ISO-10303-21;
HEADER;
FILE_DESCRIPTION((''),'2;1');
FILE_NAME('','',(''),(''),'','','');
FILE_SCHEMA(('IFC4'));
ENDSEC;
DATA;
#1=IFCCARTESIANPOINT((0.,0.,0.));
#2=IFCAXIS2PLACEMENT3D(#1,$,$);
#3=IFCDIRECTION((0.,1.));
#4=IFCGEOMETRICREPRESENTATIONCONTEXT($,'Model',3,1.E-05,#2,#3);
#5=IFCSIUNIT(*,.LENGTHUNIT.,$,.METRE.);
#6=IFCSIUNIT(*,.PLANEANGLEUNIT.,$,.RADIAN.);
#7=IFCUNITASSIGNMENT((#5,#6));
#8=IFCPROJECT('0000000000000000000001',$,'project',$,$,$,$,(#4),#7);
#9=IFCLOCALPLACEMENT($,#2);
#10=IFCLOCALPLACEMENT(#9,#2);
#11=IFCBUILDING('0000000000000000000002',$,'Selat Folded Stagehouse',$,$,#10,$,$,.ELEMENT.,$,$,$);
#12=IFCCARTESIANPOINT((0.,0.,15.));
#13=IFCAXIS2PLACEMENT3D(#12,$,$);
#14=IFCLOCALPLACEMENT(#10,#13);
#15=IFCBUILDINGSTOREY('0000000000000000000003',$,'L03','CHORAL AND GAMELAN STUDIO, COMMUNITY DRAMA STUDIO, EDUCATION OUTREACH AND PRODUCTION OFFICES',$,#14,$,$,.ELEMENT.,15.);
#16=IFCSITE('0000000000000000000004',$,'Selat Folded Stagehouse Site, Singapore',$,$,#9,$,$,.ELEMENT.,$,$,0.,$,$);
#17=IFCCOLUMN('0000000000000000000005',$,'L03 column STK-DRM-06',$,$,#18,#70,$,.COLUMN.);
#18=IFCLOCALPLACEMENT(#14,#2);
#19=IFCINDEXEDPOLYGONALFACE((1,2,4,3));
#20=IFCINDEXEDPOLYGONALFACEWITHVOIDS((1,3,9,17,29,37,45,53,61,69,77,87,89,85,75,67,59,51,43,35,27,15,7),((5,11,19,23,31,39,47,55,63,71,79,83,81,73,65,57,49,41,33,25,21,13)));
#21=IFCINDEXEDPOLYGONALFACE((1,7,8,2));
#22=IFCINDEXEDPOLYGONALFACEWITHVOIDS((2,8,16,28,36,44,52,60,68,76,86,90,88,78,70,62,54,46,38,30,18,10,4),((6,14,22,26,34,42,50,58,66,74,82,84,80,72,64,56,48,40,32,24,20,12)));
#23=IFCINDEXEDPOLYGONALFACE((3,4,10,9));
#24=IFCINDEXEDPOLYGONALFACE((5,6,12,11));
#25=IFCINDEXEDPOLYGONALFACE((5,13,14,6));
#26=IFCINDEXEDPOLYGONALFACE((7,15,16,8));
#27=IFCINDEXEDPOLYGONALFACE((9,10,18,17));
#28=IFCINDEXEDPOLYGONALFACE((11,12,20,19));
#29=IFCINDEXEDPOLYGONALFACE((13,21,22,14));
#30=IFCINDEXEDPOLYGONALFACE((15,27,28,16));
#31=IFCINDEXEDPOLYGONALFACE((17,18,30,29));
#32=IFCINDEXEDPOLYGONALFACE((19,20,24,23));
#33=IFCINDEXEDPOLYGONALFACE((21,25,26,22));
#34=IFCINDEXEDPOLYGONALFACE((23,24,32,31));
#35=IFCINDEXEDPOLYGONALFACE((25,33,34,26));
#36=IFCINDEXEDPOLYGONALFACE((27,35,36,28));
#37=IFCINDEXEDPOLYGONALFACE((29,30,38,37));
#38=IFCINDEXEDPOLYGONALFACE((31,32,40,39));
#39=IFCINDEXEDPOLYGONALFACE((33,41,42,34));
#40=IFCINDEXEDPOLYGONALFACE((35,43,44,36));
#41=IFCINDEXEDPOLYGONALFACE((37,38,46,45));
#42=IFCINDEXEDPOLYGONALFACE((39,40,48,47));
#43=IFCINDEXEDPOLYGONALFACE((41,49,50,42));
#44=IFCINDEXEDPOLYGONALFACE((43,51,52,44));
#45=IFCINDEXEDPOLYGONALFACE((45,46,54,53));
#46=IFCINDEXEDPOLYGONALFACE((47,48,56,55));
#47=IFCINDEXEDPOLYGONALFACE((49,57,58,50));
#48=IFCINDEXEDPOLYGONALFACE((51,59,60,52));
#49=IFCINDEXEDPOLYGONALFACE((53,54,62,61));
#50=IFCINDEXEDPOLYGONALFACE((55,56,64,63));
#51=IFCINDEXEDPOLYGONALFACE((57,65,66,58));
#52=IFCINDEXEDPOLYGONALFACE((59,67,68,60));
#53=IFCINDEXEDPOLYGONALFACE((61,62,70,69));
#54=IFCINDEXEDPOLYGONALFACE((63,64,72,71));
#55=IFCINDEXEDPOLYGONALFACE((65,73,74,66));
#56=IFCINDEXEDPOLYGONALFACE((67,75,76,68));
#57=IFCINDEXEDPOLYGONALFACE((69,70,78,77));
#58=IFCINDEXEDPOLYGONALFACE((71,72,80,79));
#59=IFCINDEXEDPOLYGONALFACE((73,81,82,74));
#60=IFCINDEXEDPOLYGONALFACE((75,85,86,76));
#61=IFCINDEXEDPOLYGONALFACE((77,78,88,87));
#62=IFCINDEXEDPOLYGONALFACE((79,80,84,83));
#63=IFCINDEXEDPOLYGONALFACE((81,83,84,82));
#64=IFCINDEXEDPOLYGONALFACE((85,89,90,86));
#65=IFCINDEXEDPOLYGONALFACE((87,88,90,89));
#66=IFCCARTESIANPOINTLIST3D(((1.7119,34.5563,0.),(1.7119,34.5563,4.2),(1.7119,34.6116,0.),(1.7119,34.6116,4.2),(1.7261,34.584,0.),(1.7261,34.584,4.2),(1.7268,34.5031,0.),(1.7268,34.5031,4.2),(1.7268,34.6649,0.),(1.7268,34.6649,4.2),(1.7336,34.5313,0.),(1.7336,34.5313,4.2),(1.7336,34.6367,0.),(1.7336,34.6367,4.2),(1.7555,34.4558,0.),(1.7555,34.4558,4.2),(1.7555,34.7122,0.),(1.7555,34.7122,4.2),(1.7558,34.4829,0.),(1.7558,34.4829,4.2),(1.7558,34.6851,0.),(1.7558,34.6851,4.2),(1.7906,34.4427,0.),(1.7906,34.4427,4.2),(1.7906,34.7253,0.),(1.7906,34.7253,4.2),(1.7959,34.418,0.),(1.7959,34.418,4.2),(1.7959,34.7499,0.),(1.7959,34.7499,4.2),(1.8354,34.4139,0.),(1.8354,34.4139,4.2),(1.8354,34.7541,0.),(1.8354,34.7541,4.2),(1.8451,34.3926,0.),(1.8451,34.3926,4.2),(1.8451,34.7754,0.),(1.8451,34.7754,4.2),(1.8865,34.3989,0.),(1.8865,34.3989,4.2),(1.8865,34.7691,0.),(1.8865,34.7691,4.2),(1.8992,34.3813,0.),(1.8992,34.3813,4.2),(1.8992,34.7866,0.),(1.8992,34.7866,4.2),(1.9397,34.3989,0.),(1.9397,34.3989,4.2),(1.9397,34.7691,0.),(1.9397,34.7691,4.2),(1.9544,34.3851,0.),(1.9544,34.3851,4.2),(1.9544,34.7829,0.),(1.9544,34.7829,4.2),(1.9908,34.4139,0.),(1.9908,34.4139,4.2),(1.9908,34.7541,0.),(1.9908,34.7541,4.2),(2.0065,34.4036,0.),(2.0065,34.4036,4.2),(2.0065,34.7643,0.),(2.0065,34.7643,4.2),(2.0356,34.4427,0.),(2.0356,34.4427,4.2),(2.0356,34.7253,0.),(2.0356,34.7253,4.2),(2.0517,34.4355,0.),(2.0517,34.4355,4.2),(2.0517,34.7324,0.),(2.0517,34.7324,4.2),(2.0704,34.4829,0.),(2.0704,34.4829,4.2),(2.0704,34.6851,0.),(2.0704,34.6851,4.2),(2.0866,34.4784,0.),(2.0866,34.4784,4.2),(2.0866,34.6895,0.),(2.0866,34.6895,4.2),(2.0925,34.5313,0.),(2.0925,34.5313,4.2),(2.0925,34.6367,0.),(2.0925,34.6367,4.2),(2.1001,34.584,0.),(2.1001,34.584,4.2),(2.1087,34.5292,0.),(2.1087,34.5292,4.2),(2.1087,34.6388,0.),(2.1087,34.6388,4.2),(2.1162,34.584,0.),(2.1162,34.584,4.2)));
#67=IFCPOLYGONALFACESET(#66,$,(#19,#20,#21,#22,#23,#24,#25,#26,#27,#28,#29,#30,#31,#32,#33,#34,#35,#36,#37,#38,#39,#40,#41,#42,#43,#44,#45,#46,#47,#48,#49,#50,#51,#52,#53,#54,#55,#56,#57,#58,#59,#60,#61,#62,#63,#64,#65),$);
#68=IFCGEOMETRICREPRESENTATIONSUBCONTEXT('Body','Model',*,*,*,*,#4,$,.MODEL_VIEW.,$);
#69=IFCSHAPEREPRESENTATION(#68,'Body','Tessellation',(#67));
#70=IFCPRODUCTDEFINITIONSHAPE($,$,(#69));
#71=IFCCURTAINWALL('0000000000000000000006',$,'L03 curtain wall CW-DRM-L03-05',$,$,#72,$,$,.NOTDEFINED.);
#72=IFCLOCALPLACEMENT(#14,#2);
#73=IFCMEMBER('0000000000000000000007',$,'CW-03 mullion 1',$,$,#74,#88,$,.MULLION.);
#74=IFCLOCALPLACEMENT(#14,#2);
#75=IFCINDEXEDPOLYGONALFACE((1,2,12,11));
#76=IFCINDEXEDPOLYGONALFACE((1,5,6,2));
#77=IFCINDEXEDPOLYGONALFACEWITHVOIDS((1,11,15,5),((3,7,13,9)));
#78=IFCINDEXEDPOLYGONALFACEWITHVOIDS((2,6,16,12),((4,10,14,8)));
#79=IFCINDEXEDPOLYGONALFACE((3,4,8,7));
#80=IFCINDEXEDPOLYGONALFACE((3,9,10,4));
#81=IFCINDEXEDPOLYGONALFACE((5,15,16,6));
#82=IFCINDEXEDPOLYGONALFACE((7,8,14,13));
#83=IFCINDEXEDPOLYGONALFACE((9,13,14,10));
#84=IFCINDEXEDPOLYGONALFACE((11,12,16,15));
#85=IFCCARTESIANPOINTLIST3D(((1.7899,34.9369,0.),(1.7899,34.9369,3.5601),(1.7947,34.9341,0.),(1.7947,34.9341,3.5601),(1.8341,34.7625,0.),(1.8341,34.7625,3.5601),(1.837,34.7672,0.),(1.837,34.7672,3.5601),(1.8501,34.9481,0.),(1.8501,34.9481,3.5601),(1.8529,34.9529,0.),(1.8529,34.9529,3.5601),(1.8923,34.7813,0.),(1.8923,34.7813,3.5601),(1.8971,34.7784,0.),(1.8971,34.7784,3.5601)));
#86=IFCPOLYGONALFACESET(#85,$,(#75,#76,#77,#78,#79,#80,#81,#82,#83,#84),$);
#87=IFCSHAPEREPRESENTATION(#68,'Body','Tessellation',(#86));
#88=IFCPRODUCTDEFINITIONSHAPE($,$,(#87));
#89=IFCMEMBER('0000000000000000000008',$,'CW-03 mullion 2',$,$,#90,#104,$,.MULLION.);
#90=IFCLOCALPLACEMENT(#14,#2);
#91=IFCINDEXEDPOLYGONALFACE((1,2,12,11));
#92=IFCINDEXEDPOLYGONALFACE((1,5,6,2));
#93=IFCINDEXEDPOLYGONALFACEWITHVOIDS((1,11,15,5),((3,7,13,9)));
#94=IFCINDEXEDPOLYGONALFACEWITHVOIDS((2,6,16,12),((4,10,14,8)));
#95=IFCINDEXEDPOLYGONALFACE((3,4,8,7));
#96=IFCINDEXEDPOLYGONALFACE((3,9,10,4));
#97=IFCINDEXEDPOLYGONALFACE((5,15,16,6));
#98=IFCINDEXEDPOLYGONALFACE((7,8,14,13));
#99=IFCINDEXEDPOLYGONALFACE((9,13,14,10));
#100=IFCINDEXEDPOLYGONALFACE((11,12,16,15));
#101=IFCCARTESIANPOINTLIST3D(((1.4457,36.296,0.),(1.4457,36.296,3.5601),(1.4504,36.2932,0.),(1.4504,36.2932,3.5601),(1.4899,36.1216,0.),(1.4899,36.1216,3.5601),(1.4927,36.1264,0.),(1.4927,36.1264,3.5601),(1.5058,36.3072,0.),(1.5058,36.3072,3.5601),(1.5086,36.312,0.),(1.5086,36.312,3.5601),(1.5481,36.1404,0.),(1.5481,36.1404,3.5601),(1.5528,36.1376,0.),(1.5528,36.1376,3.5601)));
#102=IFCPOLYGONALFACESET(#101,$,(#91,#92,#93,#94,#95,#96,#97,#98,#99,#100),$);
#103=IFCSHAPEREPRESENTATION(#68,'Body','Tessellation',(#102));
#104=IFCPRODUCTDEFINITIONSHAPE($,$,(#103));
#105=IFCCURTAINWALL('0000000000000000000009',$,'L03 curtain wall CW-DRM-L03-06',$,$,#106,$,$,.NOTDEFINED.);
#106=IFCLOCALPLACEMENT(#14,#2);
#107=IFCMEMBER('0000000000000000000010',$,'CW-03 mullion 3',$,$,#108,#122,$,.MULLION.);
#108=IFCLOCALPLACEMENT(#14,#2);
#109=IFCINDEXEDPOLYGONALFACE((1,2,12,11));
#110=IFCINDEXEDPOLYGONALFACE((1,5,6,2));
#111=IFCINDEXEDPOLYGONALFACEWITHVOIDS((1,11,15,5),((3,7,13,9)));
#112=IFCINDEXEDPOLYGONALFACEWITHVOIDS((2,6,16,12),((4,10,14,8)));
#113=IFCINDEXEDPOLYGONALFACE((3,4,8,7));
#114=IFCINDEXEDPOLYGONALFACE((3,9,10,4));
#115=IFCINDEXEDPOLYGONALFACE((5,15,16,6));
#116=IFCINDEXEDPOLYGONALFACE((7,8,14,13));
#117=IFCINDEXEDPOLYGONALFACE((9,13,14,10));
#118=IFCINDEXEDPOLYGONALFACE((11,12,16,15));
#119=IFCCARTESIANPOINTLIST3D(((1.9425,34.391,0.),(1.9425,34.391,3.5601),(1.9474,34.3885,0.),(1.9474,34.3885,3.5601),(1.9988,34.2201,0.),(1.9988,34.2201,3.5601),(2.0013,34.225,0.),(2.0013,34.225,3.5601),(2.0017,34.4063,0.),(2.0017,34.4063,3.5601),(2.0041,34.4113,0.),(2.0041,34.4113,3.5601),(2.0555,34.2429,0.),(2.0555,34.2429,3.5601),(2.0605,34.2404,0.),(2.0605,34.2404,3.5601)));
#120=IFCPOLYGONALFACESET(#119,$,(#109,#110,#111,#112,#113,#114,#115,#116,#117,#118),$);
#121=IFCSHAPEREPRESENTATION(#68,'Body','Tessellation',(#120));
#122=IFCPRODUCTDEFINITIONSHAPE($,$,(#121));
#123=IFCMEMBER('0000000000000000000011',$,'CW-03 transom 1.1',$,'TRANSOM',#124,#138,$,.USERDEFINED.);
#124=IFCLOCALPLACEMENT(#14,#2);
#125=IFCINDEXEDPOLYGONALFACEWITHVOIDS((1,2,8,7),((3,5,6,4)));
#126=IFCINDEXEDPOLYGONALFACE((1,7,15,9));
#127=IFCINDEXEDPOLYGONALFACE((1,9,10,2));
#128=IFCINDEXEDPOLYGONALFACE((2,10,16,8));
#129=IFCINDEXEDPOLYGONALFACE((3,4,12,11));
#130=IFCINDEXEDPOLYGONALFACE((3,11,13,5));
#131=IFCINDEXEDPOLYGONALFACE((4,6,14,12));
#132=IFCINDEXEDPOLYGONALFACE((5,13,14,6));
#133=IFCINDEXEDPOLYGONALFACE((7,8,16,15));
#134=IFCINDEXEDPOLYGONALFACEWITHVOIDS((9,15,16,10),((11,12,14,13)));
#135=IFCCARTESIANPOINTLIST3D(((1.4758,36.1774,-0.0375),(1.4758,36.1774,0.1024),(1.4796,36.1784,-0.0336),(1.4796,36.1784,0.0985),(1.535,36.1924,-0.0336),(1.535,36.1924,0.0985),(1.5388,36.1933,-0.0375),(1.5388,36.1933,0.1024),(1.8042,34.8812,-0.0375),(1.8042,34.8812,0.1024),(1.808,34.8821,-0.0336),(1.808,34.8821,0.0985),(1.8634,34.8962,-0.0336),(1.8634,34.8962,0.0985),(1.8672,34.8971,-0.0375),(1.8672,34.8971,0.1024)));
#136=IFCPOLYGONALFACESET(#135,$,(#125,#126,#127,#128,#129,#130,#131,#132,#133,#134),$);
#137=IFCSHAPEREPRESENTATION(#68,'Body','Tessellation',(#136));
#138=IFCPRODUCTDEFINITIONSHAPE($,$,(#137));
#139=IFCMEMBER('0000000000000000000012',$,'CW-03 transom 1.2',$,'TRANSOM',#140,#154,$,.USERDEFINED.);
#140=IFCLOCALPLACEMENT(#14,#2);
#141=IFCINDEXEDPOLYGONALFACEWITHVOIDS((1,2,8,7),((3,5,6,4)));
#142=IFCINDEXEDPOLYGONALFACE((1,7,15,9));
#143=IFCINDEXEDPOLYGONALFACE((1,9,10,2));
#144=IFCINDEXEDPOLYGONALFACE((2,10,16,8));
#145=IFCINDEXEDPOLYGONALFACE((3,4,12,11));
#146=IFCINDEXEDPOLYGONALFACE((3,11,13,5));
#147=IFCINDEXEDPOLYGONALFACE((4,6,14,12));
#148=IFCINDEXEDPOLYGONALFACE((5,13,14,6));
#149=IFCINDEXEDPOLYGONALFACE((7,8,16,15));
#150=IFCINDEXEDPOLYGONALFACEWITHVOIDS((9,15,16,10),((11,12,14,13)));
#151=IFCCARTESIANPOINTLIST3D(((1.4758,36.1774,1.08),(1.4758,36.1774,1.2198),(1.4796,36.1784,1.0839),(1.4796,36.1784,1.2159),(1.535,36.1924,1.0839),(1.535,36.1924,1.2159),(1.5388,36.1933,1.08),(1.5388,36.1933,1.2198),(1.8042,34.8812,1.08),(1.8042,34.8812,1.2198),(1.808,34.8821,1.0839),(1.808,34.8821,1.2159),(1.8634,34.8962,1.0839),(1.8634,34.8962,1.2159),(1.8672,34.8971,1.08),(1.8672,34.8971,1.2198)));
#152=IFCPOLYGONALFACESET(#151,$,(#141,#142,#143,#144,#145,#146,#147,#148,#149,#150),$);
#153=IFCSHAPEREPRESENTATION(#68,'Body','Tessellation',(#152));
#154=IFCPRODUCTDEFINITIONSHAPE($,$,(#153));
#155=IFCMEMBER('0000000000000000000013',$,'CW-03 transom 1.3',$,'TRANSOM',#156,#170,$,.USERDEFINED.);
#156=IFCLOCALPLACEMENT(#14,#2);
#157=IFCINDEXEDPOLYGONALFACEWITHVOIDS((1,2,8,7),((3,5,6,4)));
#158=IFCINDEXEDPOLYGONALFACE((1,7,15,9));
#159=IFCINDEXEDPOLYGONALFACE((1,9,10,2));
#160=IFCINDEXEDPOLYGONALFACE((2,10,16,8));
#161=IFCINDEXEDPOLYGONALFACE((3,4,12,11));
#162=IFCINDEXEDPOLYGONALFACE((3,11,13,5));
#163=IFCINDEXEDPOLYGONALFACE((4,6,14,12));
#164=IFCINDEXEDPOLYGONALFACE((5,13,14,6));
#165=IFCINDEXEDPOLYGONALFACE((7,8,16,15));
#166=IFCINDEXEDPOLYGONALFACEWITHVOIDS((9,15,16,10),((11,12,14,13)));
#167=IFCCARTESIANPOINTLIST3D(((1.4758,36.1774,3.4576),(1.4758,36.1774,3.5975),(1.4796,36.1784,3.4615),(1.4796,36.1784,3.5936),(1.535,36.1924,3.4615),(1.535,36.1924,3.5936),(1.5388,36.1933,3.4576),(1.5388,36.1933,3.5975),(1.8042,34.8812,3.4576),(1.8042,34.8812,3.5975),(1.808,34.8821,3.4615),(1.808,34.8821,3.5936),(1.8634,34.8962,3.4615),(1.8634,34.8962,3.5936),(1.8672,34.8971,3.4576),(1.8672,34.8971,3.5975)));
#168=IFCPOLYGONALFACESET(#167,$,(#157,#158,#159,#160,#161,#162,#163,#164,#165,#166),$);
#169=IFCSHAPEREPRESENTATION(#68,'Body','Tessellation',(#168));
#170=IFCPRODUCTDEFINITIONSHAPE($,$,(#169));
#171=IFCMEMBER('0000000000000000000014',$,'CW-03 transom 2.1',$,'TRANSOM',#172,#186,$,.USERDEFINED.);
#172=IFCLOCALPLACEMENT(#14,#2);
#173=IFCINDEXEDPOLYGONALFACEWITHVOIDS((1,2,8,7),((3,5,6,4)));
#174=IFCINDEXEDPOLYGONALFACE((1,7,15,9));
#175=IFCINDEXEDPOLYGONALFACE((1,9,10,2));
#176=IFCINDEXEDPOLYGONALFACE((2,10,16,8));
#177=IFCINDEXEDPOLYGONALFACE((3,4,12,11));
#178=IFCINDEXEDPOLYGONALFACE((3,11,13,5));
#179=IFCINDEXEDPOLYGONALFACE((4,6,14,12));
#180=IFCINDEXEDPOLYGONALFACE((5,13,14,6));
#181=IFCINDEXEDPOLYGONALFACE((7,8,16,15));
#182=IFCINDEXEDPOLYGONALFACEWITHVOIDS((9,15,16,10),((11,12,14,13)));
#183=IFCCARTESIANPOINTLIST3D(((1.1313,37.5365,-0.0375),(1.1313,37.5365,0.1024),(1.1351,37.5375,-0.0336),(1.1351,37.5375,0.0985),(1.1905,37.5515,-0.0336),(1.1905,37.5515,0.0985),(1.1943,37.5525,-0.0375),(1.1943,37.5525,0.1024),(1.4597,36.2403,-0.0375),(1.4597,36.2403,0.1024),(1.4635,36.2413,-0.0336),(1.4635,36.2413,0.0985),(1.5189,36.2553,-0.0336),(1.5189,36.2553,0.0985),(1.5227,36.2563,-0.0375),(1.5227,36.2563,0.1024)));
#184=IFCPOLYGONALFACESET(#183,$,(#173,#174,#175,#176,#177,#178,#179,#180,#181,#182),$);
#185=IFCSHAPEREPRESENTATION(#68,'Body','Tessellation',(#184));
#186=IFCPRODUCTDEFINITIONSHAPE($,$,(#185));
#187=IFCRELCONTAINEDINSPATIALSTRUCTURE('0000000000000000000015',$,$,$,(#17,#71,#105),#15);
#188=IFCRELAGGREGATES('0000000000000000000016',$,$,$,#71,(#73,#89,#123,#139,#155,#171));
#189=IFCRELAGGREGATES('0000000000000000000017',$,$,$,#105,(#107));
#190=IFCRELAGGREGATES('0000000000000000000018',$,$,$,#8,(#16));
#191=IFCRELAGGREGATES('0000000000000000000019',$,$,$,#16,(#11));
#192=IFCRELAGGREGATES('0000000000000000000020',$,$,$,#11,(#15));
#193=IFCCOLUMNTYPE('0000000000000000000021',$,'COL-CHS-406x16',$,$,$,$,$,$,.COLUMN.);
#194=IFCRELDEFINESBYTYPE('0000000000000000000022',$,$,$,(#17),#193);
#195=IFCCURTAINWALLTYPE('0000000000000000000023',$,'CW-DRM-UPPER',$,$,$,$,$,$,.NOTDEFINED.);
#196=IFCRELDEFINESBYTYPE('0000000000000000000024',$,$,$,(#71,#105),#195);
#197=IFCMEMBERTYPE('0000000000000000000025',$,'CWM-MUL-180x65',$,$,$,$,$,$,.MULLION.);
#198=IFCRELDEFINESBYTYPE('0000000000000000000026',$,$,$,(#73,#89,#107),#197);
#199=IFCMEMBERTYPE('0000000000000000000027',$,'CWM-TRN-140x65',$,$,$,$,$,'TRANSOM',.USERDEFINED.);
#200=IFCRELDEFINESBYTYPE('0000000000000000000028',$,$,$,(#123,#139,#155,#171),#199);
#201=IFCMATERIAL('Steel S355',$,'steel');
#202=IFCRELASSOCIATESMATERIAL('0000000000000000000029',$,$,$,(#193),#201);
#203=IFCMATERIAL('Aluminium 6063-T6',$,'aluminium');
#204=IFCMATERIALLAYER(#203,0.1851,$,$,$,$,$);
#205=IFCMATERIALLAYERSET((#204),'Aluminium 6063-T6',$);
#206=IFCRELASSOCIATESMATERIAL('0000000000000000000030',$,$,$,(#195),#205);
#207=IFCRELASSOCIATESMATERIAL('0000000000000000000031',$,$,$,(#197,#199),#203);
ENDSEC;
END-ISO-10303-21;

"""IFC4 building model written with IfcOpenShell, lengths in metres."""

from ifc_helpers import new_model, si_unit, direction, frame, origin, origin_2d, place, context, subcontext, project, spatial, hollow_rectangle, hollow_circle, extrude, material, layer, layer_set, material_profile, profile_set, type_object, element, aggregate, save


model = new_model("IFC4")

# Units and contexts
model_context = context("Model", 3, precision=1e-05, world=origin(), true_north=direction((0.0, 1.0)))
body_context = subcontext(model_context, "Body", "Model", "MODEL_VIEW")
ifc_project = project(units=[si_unit("LENGTHUNIT", "METRE"), si_unit("PLANEANGLEUNIT", "RADIAN")], contexts=[model_context])

# Site, building, storey
site_placement = place(None, origin())
site = spatial("IfcSite", under=ifc_project, at=site_placement, Name="Selat Folded Stagehouse Site, Singapore", CompositionType="ELEMENT", RefElevation=0.0)
building_placement = place(site_placement, origin())
building = spatial("IfcBuilding", under=site, at=building_placement, Name="Selat Folded Stagehouse", CompositionType="ELEMENT")
storey_placement = place(building_placement, frame((0.0, 0.0, 15.0)))
storey = spatial("IfcBuildingStorey", under=building, at=storey_placement, Name="L03", Description="CHORAL AND GAMELAN STUDIO, COMMUNITY DRAMA STUDIO, EDUCATION OUTREACH AND PRODUCTION OFFICES", CompositionType="ELEMENT", Elevation=15.0)

# Column
ifc_material_1 = material(Name="Steel S355", Category="steel")
ifc_material_profile_1 = material_profile(ifc_material_1, hollow_circle(Radius=0.2031, WallThickness=0.0161, at=origin_2d()), Name="CHS 406.4x16.0")
ifc_profile_set_1 = profile_set([ifc_material_profile_1], Name="Steel S355")
column_type = type_object("IfcColumnType", Name="COL-CHS-406x16", PredefinedType="COLUMN", material=ifc_profile_set_1)
column_placement = place(storey_placement, frame((1.9131, 34.584, 0.0), z_axis=(0.0, 0.0, 1.0), x_axis=(1.0, 0.0, 0.0)))
element("IfcColumn", 1, at=column_placement, inside=storey, type_object=column_type, Name="L03 column STK-DRM-06", PredefinedType="COLUMN", context=body_context, shape_type="SweptSolid", body=[
    extrude(hollow_circle(Radius=0.2031, WallThickness=0.0161, at=origin_2d()), origin(), (0.0, 0.0, 1.0), 4.2),
])

# Curtain wall, members
ifc_material_2 = material(Name="Aluminium 6063-T6", Category="aluminium")
ifc_layer_1 = layer(ifc_material_2, 0.1851)
ifc_layer_set_1 = layer_set([ifc_layer_1], Name="Aluminium 6063-T6")
curtain_wall_type = type_object("IfcCurtainWallType", Name="CW-DRM-UPPER", PredefinedType="NOTDEFINED", material=ifc_layer_set_1)
curtain_wall_1_placement = place(storey_placement, origin())
curtain_wall_1 = element("IfcCurtainWall", 2, at=curtain_wall_1_placement, inside=storey, type_object=curtain_wall_type, Name="L03 curtain wall CW-DRM-L03-05", PredefinedType="NOTDEFINED")
ifc_material_profile_2 = material_profile(ifc_material_2, hollow_rectangle(XDim=0.0649, YDim=0.1799, WallThickness=0.0039, at=origin_2d()), Name="ALU 180x65x4.0")
ifc_profile_set_2 = profile_set([ifc_material_profile_2], Name="Aluminium 6063-T6")
member_type_1 = type_object("IfcMemberType", Name="CWM-MUL-180x65", PredefinedType="MULLION", material=ifc_profile_set_2)
member_1_placement = place(storey_placement, frame((1.8435, 34.8577, 0.0), z_axis=(0.0, 0.0, 1.0), x_axis=(-0.969367, -0.245618, 0.0)))
member_1 = element("IfcMember", 3, at=member_1_placement, type_object=member_type_1, Name="CW-03 mullion 1", PredefinedType="MULLION", context=body_context, shape_type="SweptSolid", body=[
    extrude(hollow_rectangle(XDim=0.0649, YDim=0.1799, WallThickness=0.0039, at=origin_2d()), origin(), (0.0, 0.0, 1.0), 3.5601),
])
member_2_placement = place(storey_placement, frame((1.4993, 36.2168, 0.0), z_axis=(0.0, 0.0, 1.0), x_axis=(-0.969367, -0.245618, 0.0)))
member_2 = element("IfcMember", 4, at=member_2_placement, type_object=member_type_1, Name="CW-03 mullion 2", PredefinedType="MULLION", context=body_context, shape_type="SweptSolid", body=[
    extrude(hollow_rectangle(XDim=0.0649, YDim=0.1799, WallThickness=0.0039, at=origin_2d()), origin(), (0.0, 0.0, 1.0), 3.5601),
])

# Curtain wall, member
curtain_wall_2_placement = place(storey_placement, origin())
curtain_wall_2 = element("IfcCurtainWall", 5, at=curtain_wall_2_placement, inside=storey, type_object=curtain_wall_type, Name="L03 curtain wall CW-DRM-L03-06", PredefinedType="NOTDEFINED")
member_3_placement = place(storey_placement, frame((2.0015, 34.3157, 0.0), z_axis=(0.0, 0.0, 1.0), x_axis=(-0.949755, -0.312995, 0.0)))
member_3 = element("IfcMember", 6, at=member_3_placement, type_object=member_type_1, Name="CW-03 mullion 3", PredefinedType="MULLION", context=body_context, shape_type="SweptSolid", body=[
    extrude(hollow_rectangle(XDim=0.0649, YDim=0.1799, WallThickness=0.0039, at=origin_2d()), origin(), (0.0, 0.0, 1.0), 3.5601),
])

# Members
ifc_material_profile_3 = material_profile(ifc_material_2, hollow_rectangle(XDim=0.0649, YDim=0.1399, WallThickness=0.0039, at=origin_2d()), Name="ALU 140x65x4.0")
ifc_profile_set_3 = profile_set([ifc_material_profile_3], Name="Aluminium 6063-T6")
member_type_2 = type_object("IfcMemberType", Name="CWM-TRN-140x65", ElementType="TRANSOM", PredefinedType="USERDEFINED", material=ifc_profile_set_3)
member_4_placement = place(storey_placement, frame((1.8357, 34.8892, 0.0325), z_axis=(-0.245585, 0.969375, 0.0), x_axis=(-0.969375, -0.245585, 0.0)))
member_4 = element("IfcMember", 7, at=member_4_placement, type_object=member_type_2, Name="CW-03 transom 1.1", ObjectType="TRANSOM", PredefinedType="USERDEFINED", context=body_context, shape_type="SweptSolid", body=[
    extrude(hollow_rectangle(XDim=0.0649, YDim=0.1399, WallThickness=0.0039, at=origin_2d()), origin(), (0.0, 0.0, 1.0), 1.3372),
])
member_5_placement = place(storey_placement, frame((1.8357, 34.8892, 1.1499), z_axis=(-0.245585, 0.969375, 0.0), x_axis=(-0.969375, -0.245585, 0.0)))
member_5 = element("IfcMember", 8, at=member_5_placement, type_object=member_type_2, Name="CW-03 transom 1.2", ObjectType="TRANSOM", PredefinedType="USERDEFINED", context=body_context, shape_type="SweptSolid", body=[
    extrude(hollow_rectangle(XDim=0.0649, YDim=0.1399, WallThickness=0.0039, at=origin_2d()), origin(), (0.0, 0.0, 1.0), 1.3372),
])
member_6_placement = place(storey_placement, frame((1.8357, 34.8892, 3.5276), z_axis=(-0.245585, 0.969375, 0.0), x_axis=(-0.969375, -0.245585, 0.0)))
member_6 = element("IfcMember", 9, at=member_6_placement, type_object=member_type_2, Name="CW-03 transom 1.3", ObjectType="TRANSOM", PredefinedType="USERDEFINED", context=body_context, shape_type="SweptSolid", body=[
    extrude(hollow_rectangle(XDim=0.0649, YDim=0.1399, WallThickness=0.0039, at=origin_2d()), origin(), (0.0, 0.0, 1.0), 1.3372),
])
member_7_placement = place(storey_placement, frame((1.4912, 36.2483, 0.0325), z_axis=(-0.245585, 0.969375, 0.0), x_axis=(-0.969375, -0.245585, 0.0)))
member_7 = element("IfcMember", 10, at=member_7_placement, type_object=member_type_2, Name="CW-03 transom 2.1", ObjectType="TRANSOM", PredefinedType="USERDEFINED", context=body_context, shape_type="SweptSolid", body=[
    extrude(hollow_rectangle(XDim=0.0649, YDim=0.1399, WallThickness=0.0039, at=origin_2d()), origin(), (0.0, 0.0, 1.0), 1.3372),
])

aggregate(curtain_wall_1, [member_1, member_2, member_4, member_5, member_6, member_7])
aggregate(curtain_wall_2, [member_3])

save(model, "model.ifc")
